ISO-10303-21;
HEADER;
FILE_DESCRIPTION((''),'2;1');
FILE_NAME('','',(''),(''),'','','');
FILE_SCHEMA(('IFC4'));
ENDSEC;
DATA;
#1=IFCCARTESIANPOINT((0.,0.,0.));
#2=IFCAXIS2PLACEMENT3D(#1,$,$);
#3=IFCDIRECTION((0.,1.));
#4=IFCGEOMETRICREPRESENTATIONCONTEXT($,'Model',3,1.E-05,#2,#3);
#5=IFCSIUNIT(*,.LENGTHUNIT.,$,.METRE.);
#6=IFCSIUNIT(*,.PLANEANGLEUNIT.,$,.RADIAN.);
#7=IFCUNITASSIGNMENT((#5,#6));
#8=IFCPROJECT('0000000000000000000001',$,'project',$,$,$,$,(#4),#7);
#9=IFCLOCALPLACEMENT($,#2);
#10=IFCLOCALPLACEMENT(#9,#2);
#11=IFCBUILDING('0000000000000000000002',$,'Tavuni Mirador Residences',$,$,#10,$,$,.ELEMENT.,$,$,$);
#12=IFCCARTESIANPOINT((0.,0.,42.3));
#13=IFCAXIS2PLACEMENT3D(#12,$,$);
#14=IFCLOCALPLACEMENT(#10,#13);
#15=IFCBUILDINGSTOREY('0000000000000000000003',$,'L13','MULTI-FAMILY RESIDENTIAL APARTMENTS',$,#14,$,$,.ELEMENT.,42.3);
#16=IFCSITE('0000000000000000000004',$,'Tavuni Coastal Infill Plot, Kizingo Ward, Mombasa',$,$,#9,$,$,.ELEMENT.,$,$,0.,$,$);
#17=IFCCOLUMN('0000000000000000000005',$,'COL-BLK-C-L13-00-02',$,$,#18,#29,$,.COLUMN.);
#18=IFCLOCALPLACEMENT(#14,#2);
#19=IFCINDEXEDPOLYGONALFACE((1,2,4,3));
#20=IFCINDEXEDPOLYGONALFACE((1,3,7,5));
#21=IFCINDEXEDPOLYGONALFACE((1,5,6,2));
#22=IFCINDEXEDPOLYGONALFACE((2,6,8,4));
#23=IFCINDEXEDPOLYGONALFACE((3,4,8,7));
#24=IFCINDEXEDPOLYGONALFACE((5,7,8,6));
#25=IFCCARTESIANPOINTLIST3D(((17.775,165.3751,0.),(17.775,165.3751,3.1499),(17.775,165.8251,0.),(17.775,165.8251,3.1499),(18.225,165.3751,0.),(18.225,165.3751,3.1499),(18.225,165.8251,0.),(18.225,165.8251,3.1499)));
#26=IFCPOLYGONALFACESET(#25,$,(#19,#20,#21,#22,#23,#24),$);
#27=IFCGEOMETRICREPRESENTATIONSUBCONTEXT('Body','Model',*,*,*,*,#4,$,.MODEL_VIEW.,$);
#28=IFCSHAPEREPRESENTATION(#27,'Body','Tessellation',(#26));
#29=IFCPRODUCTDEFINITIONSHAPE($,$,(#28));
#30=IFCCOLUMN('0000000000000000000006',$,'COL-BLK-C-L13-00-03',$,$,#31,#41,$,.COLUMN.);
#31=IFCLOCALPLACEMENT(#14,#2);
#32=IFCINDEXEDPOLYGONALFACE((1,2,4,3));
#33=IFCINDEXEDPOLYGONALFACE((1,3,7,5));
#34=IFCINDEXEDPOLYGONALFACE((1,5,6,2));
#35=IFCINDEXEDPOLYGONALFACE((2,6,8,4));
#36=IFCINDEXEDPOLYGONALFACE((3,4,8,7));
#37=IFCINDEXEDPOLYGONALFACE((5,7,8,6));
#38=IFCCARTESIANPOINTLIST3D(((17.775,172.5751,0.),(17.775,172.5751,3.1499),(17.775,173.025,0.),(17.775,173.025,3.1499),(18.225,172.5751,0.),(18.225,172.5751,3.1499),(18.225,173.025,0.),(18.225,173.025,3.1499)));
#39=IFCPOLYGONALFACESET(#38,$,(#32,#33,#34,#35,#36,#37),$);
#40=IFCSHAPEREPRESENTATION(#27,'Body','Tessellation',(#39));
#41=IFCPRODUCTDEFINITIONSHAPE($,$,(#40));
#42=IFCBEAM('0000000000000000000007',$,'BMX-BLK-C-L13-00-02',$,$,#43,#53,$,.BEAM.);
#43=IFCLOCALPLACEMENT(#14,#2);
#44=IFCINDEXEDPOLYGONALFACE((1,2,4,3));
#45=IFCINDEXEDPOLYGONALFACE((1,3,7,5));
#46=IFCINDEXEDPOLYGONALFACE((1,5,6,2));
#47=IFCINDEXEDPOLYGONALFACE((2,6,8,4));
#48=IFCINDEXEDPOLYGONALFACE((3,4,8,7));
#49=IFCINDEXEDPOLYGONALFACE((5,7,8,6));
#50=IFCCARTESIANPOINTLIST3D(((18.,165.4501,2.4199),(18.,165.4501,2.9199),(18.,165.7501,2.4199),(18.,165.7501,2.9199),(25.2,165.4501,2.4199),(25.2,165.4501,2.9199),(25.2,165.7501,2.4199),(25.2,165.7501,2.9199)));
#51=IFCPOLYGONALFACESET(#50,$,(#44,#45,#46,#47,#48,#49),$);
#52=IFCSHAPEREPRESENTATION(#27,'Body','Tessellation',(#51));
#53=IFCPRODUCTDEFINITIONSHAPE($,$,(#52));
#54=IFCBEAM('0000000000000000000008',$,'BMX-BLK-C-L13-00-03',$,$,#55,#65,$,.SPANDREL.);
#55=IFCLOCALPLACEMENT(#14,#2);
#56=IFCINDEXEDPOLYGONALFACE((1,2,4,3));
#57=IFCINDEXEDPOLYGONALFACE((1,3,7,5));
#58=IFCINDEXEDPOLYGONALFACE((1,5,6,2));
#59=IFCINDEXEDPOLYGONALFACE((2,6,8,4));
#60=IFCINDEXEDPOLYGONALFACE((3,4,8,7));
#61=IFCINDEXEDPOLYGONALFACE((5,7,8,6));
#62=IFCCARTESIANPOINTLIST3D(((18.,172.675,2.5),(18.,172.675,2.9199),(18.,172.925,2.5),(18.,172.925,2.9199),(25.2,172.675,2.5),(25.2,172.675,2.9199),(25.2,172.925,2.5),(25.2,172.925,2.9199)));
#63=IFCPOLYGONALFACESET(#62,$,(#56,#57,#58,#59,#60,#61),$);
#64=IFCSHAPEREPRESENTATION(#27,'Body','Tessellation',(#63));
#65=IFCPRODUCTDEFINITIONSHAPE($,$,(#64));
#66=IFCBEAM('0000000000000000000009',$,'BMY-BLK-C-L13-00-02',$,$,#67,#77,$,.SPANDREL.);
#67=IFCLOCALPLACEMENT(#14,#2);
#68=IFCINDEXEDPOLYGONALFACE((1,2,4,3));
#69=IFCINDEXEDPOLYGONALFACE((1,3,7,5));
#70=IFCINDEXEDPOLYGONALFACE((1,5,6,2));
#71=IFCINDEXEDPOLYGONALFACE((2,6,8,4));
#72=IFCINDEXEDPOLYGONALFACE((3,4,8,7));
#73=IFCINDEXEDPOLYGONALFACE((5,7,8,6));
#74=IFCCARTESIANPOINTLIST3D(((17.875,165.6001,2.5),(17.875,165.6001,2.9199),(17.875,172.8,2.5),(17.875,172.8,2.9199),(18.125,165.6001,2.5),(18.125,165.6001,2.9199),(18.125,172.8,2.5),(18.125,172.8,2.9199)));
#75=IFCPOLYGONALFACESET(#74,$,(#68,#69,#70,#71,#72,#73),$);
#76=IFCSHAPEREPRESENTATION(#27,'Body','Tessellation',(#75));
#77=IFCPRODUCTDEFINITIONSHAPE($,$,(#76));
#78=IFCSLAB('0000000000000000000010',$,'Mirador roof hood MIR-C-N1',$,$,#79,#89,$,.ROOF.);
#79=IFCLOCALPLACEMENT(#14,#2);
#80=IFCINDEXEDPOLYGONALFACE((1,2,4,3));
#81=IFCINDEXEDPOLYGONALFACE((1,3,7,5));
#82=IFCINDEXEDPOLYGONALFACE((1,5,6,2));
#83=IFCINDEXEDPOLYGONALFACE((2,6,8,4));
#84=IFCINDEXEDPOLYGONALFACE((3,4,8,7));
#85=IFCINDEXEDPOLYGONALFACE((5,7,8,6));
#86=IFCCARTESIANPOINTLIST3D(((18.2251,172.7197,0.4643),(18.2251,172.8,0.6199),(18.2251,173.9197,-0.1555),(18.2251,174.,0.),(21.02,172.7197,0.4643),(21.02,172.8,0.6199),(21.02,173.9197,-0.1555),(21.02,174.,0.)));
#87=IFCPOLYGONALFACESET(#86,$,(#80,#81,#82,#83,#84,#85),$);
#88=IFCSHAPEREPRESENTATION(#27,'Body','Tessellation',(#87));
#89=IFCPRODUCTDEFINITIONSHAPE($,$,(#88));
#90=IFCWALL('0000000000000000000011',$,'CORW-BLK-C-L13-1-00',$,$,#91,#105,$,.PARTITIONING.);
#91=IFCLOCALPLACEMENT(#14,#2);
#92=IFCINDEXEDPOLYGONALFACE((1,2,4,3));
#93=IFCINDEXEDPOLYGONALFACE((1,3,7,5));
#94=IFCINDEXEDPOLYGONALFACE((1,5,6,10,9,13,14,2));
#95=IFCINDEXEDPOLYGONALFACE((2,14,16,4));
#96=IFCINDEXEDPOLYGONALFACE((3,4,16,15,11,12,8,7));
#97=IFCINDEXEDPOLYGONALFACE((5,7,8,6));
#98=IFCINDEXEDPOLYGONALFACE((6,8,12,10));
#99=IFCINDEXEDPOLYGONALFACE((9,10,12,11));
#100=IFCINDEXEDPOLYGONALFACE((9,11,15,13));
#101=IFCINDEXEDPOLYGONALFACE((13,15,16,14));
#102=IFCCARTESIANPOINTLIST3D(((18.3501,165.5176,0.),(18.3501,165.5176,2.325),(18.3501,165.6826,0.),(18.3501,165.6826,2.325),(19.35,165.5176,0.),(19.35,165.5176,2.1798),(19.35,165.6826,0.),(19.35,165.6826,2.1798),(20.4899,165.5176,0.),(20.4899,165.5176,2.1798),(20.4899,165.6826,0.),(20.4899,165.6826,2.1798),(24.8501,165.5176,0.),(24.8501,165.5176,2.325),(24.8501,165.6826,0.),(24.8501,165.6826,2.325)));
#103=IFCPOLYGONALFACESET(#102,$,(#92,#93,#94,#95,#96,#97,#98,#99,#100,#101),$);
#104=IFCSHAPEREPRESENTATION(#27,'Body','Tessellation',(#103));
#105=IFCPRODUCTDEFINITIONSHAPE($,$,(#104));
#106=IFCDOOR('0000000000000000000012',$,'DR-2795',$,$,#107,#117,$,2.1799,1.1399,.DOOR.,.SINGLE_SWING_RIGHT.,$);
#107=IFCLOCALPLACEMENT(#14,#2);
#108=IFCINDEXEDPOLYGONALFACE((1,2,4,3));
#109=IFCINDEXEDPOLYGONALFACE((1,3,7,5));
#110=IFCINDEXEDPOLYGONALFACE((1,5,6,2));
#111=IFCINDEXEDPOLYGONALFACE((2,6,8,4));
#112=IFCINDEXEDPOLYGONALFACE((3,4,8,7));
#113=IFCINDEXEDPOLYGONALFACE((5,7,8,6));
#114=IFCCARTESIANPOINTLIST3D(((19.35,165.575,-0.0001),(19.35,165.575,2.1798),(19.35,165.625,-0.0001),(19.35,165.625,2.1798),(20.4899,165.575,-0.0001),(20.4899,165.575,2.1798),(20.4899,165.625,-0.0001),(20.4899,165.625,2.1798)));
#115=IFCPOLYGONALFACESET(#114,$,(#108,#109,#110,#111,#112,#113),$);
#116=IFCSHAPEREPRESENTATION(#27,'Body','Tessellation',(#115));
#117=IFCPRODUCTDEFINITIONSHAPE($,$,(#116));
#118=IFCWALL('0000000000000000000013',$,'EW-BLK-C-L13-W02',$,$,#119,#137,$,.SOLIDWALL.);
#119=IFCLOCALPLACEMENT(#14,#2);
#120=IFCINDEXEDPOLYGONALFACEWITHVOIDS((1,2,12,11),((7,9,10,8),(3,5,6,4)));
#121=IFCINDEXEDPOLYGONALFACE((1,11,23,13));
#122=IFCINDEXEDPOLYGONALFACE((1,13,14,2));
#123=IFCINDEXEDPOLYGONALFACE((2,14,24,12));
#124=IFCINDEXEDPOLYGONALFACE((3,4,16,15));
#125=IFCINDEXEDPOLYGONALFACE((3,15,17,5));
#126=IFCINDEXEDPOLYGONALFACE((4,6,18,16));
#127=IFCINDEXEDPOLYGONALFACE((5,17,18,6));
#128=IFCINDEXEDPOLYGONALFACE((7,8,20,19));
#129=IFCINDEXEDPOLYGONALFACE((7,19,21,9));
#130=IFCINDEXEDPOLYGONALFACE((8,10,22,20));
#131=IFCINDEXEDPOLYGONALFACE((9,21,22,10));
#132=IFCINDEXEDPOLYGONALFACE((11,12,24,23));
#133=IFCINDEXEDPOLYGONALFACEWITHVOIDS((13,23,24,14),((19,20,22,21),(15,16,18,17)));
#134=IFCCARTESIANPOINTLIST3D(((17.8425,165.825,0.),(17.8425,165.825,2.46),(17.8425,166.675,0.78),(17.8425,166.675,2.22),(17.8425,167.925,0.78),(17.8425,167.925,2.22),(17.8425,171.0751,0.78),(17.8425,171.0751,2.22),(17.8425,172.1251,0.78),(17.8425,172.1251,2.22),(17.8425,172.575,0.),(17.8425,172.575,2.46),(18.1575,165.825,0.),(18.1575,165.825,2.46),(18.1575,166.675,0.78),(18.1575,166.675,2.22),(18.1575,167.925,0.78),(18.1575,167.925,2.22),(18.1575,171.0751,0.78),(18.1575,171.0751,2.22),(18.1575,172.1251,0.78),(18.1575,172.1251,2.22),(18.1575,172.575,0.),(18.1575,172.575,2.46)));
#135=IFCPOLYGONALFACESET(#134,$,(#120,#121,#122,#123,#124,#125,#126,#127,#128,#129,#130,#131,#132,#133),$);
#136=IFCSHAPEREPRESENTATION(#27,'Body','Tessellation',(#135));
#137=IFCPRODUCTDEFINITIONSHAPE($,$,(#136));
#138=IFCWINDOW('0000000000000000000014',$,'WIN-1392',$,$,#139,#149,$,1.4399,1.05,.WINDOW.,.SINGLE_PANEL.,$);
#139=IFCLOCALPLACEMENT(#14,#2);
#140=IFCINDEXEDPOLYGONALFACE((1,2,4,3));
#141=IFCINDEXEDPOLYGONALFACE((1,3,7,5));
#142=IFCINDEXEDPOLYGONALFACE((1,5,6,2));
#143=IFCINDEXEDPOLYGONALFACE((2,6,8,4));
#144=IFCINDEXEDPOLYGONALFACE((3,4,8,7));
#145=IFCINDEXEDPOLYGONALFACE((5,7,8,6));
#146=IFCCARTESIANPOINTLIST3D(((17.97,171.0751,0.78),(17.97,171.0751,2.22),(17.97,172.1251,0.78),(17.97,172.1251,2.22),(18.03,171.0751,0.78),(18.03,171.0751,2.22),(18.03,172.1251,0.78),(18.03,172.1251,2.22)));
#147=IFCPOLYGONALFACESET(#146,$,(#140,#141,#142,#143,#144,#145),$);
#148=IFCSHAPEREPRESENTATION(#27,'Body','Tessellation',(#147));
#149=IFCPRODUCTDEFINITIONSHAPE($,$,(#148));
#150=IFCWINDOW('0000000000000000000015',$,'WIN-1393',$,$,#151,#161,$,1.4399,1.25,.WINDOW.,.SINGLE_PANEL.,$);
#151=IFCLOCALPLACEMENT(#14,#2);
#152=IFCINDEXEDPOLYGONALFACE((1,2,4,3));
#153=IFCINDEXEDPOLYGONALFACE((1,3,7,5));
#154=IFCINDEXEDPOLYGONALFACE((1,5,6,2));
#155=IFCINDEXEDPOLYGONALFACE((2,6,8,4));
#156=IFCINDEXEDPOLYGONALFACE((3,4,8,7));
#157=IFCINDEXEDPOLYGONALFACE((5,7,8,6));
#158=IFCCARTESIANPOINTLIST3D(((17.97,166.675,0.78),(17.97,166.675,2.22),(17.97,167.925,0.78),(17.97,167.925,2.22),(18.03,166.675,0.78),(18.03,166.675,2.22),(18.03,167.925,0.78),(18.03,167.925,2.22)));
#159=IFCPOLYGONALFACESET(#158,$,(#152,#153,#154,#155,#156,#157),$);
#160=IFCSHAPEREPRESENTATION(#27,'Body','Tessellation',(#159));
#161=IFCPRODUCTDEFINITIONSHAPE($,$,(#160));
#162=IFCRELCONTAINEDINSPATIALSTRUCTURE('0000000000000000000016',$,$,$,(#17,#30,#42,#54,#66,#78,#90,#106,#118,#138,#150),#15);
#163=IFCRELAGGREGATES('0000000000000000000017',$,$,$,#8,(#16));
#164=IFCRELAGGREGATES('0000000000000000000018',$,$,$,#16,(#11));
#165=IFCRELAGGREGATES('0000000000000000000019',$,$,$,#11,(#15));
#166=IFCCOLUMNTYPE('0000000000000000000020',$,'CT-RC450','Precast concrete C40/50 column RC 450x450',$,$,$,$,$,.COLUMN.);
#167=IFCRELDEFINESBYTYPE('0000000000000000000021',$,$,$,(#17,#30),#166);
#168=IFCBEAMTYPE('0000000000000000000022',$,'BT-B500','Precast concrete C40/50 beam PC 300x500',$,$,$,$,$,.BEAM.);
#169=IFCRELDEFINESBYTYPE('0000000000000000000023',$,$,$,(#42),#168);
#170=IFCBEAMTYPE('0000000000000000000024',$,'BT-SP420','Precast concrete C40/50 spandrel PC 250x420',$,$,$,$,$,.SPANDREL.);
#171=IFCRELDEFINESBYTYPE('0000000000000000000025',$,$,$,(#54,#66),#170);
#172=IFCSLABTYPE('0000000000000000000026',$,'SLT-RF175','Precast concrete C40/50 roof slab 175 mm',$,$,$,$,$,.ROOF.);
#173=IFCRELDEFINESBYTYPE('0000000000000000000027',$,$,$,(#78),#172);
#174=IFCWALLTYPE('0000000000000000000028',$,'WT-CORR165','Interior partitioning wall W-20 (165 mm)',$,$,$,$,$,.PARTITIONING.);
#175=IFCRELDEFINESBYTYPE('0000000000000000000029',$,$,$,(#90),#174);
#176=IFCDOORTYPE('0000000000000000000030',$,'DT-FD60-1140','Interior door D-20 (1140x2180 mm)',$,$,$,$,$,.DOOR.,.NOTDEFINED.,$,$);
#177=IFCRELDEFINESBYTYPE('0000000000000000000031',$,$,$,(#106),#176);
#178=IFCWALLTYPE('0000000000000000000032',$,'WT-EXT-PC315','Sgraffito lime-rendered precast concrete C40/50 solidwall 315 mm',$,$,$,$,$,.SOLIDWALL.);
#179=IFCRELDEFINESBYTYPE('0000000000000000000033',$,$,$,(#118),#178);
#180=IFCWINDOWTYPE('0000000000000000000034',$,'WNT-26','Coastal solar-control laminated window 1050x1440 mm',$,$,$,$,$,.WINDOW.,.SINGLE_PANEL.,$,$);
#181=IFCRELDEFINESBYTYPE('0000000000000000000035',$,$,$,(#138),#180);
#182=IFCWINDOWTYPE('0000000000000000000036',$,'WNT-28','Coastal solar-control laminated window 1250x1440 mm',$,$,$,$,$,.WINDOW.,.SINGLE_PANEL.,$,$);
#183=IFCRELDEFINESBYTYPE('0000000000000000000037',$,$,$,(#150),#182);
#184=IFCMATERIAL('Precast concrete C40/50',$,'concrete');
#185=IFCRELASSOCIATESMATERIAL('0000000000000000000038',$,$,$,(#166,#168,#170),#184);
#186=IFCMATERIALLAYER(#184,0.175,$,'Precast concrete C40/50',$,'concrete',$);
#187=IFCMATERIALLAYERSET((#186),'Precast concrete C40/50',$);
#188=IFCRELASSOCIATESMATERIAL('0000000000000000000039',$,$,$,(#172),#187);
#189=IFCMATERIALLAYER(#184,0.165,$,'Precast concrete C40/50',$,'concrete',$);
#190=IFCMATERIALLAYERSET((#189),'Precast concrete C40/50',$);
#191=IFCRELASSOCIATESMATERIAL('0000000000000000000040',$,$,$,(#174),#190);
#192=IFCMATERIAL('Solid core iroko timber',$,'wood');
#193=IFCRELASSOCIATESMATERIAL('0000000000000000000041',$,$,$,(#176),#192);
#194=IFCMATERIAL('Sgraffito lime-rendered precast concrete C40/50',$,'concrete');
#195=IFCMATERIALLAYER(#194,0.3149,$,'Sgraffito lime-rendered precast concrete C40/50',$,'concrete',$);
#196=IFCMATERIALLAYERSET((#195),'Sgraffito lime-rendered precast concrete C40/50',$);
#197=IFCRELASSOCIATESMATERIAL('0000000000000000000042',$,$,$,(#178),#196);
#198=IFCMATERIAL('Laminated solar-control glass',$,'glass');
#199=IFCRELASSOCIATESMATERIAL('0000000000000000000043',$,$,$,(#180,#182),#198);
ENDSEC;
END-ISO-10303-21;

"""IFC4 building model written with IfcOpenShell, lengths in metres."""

from ifc_helpers import new_model, si_unit, direction, frame, frame_2d, origin, origin_2d, place, context, subcontext, project, spatial, polyline, rectangle, outline, extrude, material, layer, layer_set, material_profile, profile_set, type_object, element, fill, save


model = new_model("IFC4")

# Units and contexts
model_context = context("Model", 3, precision=1e-05, world=origin(), true_north=direction((0.0, 1.0)))
body_context = subcontext(model_context, "Body", "Model", "MODEL_VIEW")
ifc_project = project(units=[si_unit("LENGTHUNIT", "METRE"), si_unit("PLANEANGLEUNIT", "RADIAN")], contexts=[model_context])

# Site, building, storey
site_placement = place(None, origin())
site = spatial("IfcSite", under=ifc_project, at=site_placement, Name="Tavuni Coastal Infill Plot, Kizingo Ward, Mombasa", CompositionType="ELEMENT", RefElevation=0.0)
building_placement = place(site_placement, origin())
building = spatial("IfcBuilding", under=site, at=building_placement, Name="Tavuni Mirador Residences", CompositionType="ELEMENT")
storey_placement = place(building_placement, frame((0.0, 0.0, 42.3)))
storey = spatial("IfcBuildingStorey", under=building, at=storey_placement, Name="L13", Description="MULTI-FAMILY RESIDENTIAL APARTMENTS", CompositionType="ELEMENT", Elevation=42.3)

# Columns
ifc_material_1 = material(Name="Precast concrete C40/50", Category="concrete")
ifc_material_profile_1 = material_profile(ifc_material_1, rectangle(XDim=0.45, YDim=0.45, at=origin_2d()), Name="RC 450x450", Category="concrete")
ifc_profile_set_1 = profile_set([ifc_material_profile_1], Name="Precast concrete C40/50")
column_type = type_object("IfcColumnType", Name="CT-RC450", Description="Precast concrete C40/50 column RC 450x450", PredefinedType="COLUMN", material=ifc_profile_set_1)
for number, where, z_axis, x_axis, name in (
    (1, (18.0, 165.6001, 0.0), (0.0, 0.0, 1.0), (1.0, 0.0, 0.0), "COL-BLK-C-L13-00-02"),
    (2, (18.0, 172.8, 0.0), (0.0, 0.0, 1.0), (1.0, 0.0, 0.0), "COL-BLK-C-L13-00-03"),
):
    element("IfcColumn", number, at=place(storey_placement, frame(where, z_axis=z_axis, x_axis=x_axis)), inside=storey, type_object=column_type, Name=name, PredefinedType="COLUMN", context=body_context, shape_type="SweptSolid", body=[
        extrude(rectangle(XDim=0.45, YDim=0.45, at=origin_2d()), origin(), (0.0, 0.0, 1.0), 3.1499),
    ])

# Beams
ifc_material_profile_2 = material_profile(ifc_material_1, rectangle(XDim=0.3, YDim=0.5, at=origin_2d()), Name="PC 300x500", Category="concrete")
ifc_profile_set_2 = profile_set([ifc_material_profile_2], Name="Precast concrete C40/50")
beam_type_1 = type_object("IfcBeamType", Name="BT-B500", Description="Precast concrete C40/50 beam PC 300x500", PredefinedType="BEAM", material=ifc_profile_set_2)
beam_placement = place(storey_placement, frame((18.0, 165.6001, 2.6699), z_axis=(1.0, 0.0, 0.0), x_axis=(0.0, 1.0, 0.0)))
element("IfcBeam", 3, at=beam_placement, inside=storey, type_object=beam_type_1, Name="BMX-BLK-C-L13-00-02", PredefinedType="BEAM", context=body_context, shape_type="SweptSolid", body=[
    extrude(rectangle(XDim=0.3, YDim=0.5, at=origin_2d()), origin(), (0.0, 0.0, 1.0), 7.2),
])
ifc_material_profile_3 = material_profile(ifc_material_1, rectangle(XDim=0.25, YDim=0.4199, at=origin_2d()), Name="PC 250x420", Category="concrete")
ifc_profile_set_3 = profile_set([ifc_material_profile_3], Name="Precast concrete C40/50")
beam_type_2 = type_object("IfcBeamType", Name="BT-SP420", Description="Precast concrete C40/50 spandrel PC 250x420", PredefinedType="SPANDREL", material=ifc_profile_set_3)
for number, where, z_axis, x_axis, name in (
    (4, (18.0, 172.8, 2.71), (1.0, 0.0, 0.0), (0.0, 1.0, 0.0), "BMX-BLK-C-L13-00-03"),
    (5, (18.0, 165.6001, 2.71), (0.0, 1.0, 0.0), (-1.0, 0.0, 0.0), "BMY-BLK-C-L13-00-02"),
):
    element("IfcBeam", number, at=place(storey_placement, frame(where, z_axis=z_axis, x_axis=x_axis)), inside=storey, type_object=beam_type_2, Name=name, PredefinedType="SPANDREL", context=body_context, shape_type="SweptSolid", body=[
        extrude(rectangle(XDim=0.25, YDim=0.4199, at=origin_2d()), origin(), (0.0, 0.0, 1.0), 7.2),
    ])

# Slab
ifc_layer_1 = layer(ifc_material_1, 0.175, Name="Precast concrete C40/50", Category="concrete")
ifc_layer_set_1 = layer_set([ifc_layer_1], Name="Precast concrete C40/50")
slab_type = type_object("IfcSlabType", Name="SLT-RF175", Description="Precast concrete C40/50 roof slab 175 mm", PredefinedType="ROOF", material=ifc_layer_set_1)
slab_placement = place(storey_placement, frame((18.2251, 172.8, 0.6199), z_axis=(0.0, 0.458961, 0.888457), x_axis=(1.0, 0.0, 0.0)))
element("IfcSlab", 6, at=slab_placement, inside=storey, type_object=slab_type, Name="Mirador roof hood MIR-C-N1", PredefinedType="ROOF", context=body_context, shape_type="SweptSolid", body=[
    extrude(outline(polyline([(0.0, 0.0), (2.7949, 0.0), (2.7949, 1.3506), (0.0, 1.3506), (0.0, 0.0)])), origin(), (0.0, 0.0, -1.0), 0.175),
])

# Wall, opening, door
ifc_layer_2 = layer(ifc_material_1, 0.165, Name="Precast concrete C40/50", Category="concrete")
ifc_layer_set_2 = layer_set([ifc_layer_2], Name="Precast concrete C40/50")
wall_type_1 = type_object("IfcWallType", Name="WT-CORR165", Description="Interior partitioning wall W-20 (165 mm)", PredefinedType="PARTITIONING", material=ifc_layer_set_2)
wall_1_placement = place(storey_placement, frame((18.3501, 165.6001, 0.0), z_axis=(0.0, 0.0, 1.0), x_axis=(1.0, 0.0, 0.0)))
wall_1 = element("IfcWall", 7, at=wall_1_placement, inside=storey, type_object=wall_type_1, Name="CORW-BLK-C-L13-1-00", PredefinedType="PARTITIONING", context=body_context, shape_type="SweptSolid", body=[
    extrude(rectangle(XDim=6.5, YDim=0.165, at=frame_2d((3.25, 0.0))), origin(), (0.0, 0.0, 1.0), 2.325),
])
opening_1_placement = place(wall_1_placement, frame((1.0, 0.0, 0.0)))
opening_1 = element("IfcOpeningElement", 8, at=opening_1_placement, cuts=wall_1, PredefinedType="OPENING", context=body_context, shape_type="SweptSolid", body=[
    extrude(rectangle(XDim=1.1399, YDim=2.1799, at=frame_2d((0.5698, 1.0898))), frame((0.0, 0.0925, 0.0), z_axis=(0.0, -1.0, 0.0), x_axis=(1.0, 0.0, 0.0)), (0.0, 0.0, 1.0), 0.1851),
])
ifc_material_2 = material(Name="Solid core iroko timber", Category="wood")
door_type_1 = type_object("IfcDoorType", Name="DT-FD60-1140", Description="Interior door D-20 (1140x2180 mm)", OperationType="NOTDEFINED", PredefinedType="DOOR", material=ifc_material_2)
door_1_placement = place(opening_1_placement, origin())
door_1 = element("IfcDoor", 9, at=door_1_placement, inside=storey, type_object=door_type_1, Name="DR-2795", OperationType="SINGLE_SWING_RIGHT", OverallHeight=2.1799, OverallWidth=1.1399, PredefinedType="DOOR", context=body_context, shape_type="SweptSolid", body=[
    extrude(rectangle(XDim=1.1399, YDim=2.1799, at=frame_2d((0.5698, 1.0898))), frame((0.0, 0.0249, 0.0), z_axis=(0.0, -1.0, 0.0), x_axis=(1.0, 0.0, 0.0)), (0.0, 0.0, 1.0), 0.05),
])
fill(opening_1, door_1)

# Wall, openings, windows
ifc_material_3 = material(Name="Sgraffito lime-rendered precast concrete C40/50", Category="concrete")
ifc_layer_3 = layer(ifc_material_3, 0.3149, Name="Sgraffito lime-rendered precast concrete C40/50", Category="concrete")
ifc_layer_set_3 = layer_set([ifc_layer_3], Name="Sgraffito lime-rendered precast concrete C40/50")
wall_type_2 = type_object("IfcWallType", Name="WT-EXT-PC315", Description="Sgraffito lime-rendered precast concrete C40/50 solidwall 315 mm", PredefinedType="SOLIDWALL", material=ifc_layer_set_3)
wall_2_placement = place(storey_placement, frame((18.0, 172.575, 0.0), z_axis=(0.0, 0.0, 1.0), x_axis=(0.0, -1.0, 0.0)))
wall_2 = element("IfcWall", 10, at=wall_2_placement, inside=storey, type_object=wall_type_2, Name="EW-BLK-C-L13-W02", PredefinedType="SOLIDWALL", context=body_context, shape_type="SweptSolid", body=[
    extrude(rectangle(XDim=6.75, YDim=0.3149, at=frame_2d((3.375, 0.0))), origin(), (0.0, 0.0, 1.0), 2.46),
])
opening_2_placement = place(wall_2_placement, frame((0.45, 0.0, 0.78)))
opening_2 = element("IfcOpeningElement", 11, at=opening_2_placement, cuts=wall_2, PredefinedType="OPENING", context=body_context, shape_type="SweptSolid", body=[
    extrude(rectangle(XDim=1.05, YDim=1.4399, at=frame_2d((0.5249, 0.72))), frame((0.0, 0.1675, 0.0), z_axis=(0.0, -1.0, 0.0), x_axis=(1.0, 0.0, 0.0)), (0.0, 0.0, 1.0), 0.335),
])
opening_3_placement = place(wall_2_placement, frame((4.6499, 0.0, 0.78)))
opening_3 = element("IfcOpeningElement", 12, at=opening_3_placement, cuts=wall_2, PredefinedType="OPENING", context=body_context, shape_type="SweptSolid", body=[
    extrude(rectangle(XDim=1.25, YDim=1.4399, at=frame_2d((0.625, 0.72))), frame((0.0, 0.1675, 0.0), z_axis=(0.0, -1.0, 0.0), x_axis=(1.0, 0.0, 0.0)), (0.0, 0.0, 1.0), 0.335),
])
ifc_material_4 = material(Name="Laminated solar-control glass", Category="glass")
window_type_1 = type_object("IfcWindowType", Name="WNT-26", Description="Coastal solar-control laminated window 1050x1440 mm", PartitioningType="SINGLE_PANEL", PredefinedType="WINDOW", material=ifc_material_4)
window_1_placement = place(opening_2_placement, origin())
window_1 = element("IfcWindow", 13, at=window_1_placement, inside=storey, type_object=window_type_1, Name="WIN-1392", OverallHeight=1.4399, OverallWidth=1.05, PartitioningType="SINGLE_PANEL", PredefinedType="WINDOW", context=body_context, shape_type="SweptSolid", body=[
    extrude(rectangle(XDim=1.05, YDim=1.4399, at=frame_2d((0.5249, 0.72))), frame((0.0, 0.03, 0.0), z_axis=(0.0, -1.0, 0.0), x_axis=(1.0, 0.0, 0.0)), (0.0, 0.0, 1.0), 0.0601),
])
fill(opening_2, window_1)
window_type_2 = type_object("IfcWindowType", Name="WNT-28", Description="Coastal solar-control laminated window 1250x1440 mm", PartitioningType="SINGLE_PANEL", PredefinedType="WINDOW", material=ifc_material_4)
window_2_placement = place(opening_3_placement, origin())
window_2 = element("IfcWindow", 14, at=window_2_placement, inside=storey, type_object=window_type_2, Name="WIN-1393", OverallHeight=1.4399, OverallWidth=1.25, PartitioningType="SINGLE_PANEL", PredefinedType="WINDOW", context=body_context, shape_type="SweptSolid", body=[
    extrude(rectangle(XDim=1.25, YDim=1.4399, at=frame_2d((0.625, 0.72))), frame((0.0, 0.03, 0.0), z_axis=(0.0, -1.0, 0.0), x_axis=(1.0, 0.0, 0.0)), (0.0, 0.0, 1.0), 0.0601),
])
fill(opening_3, window_2)

save(model, "model.ifc")
